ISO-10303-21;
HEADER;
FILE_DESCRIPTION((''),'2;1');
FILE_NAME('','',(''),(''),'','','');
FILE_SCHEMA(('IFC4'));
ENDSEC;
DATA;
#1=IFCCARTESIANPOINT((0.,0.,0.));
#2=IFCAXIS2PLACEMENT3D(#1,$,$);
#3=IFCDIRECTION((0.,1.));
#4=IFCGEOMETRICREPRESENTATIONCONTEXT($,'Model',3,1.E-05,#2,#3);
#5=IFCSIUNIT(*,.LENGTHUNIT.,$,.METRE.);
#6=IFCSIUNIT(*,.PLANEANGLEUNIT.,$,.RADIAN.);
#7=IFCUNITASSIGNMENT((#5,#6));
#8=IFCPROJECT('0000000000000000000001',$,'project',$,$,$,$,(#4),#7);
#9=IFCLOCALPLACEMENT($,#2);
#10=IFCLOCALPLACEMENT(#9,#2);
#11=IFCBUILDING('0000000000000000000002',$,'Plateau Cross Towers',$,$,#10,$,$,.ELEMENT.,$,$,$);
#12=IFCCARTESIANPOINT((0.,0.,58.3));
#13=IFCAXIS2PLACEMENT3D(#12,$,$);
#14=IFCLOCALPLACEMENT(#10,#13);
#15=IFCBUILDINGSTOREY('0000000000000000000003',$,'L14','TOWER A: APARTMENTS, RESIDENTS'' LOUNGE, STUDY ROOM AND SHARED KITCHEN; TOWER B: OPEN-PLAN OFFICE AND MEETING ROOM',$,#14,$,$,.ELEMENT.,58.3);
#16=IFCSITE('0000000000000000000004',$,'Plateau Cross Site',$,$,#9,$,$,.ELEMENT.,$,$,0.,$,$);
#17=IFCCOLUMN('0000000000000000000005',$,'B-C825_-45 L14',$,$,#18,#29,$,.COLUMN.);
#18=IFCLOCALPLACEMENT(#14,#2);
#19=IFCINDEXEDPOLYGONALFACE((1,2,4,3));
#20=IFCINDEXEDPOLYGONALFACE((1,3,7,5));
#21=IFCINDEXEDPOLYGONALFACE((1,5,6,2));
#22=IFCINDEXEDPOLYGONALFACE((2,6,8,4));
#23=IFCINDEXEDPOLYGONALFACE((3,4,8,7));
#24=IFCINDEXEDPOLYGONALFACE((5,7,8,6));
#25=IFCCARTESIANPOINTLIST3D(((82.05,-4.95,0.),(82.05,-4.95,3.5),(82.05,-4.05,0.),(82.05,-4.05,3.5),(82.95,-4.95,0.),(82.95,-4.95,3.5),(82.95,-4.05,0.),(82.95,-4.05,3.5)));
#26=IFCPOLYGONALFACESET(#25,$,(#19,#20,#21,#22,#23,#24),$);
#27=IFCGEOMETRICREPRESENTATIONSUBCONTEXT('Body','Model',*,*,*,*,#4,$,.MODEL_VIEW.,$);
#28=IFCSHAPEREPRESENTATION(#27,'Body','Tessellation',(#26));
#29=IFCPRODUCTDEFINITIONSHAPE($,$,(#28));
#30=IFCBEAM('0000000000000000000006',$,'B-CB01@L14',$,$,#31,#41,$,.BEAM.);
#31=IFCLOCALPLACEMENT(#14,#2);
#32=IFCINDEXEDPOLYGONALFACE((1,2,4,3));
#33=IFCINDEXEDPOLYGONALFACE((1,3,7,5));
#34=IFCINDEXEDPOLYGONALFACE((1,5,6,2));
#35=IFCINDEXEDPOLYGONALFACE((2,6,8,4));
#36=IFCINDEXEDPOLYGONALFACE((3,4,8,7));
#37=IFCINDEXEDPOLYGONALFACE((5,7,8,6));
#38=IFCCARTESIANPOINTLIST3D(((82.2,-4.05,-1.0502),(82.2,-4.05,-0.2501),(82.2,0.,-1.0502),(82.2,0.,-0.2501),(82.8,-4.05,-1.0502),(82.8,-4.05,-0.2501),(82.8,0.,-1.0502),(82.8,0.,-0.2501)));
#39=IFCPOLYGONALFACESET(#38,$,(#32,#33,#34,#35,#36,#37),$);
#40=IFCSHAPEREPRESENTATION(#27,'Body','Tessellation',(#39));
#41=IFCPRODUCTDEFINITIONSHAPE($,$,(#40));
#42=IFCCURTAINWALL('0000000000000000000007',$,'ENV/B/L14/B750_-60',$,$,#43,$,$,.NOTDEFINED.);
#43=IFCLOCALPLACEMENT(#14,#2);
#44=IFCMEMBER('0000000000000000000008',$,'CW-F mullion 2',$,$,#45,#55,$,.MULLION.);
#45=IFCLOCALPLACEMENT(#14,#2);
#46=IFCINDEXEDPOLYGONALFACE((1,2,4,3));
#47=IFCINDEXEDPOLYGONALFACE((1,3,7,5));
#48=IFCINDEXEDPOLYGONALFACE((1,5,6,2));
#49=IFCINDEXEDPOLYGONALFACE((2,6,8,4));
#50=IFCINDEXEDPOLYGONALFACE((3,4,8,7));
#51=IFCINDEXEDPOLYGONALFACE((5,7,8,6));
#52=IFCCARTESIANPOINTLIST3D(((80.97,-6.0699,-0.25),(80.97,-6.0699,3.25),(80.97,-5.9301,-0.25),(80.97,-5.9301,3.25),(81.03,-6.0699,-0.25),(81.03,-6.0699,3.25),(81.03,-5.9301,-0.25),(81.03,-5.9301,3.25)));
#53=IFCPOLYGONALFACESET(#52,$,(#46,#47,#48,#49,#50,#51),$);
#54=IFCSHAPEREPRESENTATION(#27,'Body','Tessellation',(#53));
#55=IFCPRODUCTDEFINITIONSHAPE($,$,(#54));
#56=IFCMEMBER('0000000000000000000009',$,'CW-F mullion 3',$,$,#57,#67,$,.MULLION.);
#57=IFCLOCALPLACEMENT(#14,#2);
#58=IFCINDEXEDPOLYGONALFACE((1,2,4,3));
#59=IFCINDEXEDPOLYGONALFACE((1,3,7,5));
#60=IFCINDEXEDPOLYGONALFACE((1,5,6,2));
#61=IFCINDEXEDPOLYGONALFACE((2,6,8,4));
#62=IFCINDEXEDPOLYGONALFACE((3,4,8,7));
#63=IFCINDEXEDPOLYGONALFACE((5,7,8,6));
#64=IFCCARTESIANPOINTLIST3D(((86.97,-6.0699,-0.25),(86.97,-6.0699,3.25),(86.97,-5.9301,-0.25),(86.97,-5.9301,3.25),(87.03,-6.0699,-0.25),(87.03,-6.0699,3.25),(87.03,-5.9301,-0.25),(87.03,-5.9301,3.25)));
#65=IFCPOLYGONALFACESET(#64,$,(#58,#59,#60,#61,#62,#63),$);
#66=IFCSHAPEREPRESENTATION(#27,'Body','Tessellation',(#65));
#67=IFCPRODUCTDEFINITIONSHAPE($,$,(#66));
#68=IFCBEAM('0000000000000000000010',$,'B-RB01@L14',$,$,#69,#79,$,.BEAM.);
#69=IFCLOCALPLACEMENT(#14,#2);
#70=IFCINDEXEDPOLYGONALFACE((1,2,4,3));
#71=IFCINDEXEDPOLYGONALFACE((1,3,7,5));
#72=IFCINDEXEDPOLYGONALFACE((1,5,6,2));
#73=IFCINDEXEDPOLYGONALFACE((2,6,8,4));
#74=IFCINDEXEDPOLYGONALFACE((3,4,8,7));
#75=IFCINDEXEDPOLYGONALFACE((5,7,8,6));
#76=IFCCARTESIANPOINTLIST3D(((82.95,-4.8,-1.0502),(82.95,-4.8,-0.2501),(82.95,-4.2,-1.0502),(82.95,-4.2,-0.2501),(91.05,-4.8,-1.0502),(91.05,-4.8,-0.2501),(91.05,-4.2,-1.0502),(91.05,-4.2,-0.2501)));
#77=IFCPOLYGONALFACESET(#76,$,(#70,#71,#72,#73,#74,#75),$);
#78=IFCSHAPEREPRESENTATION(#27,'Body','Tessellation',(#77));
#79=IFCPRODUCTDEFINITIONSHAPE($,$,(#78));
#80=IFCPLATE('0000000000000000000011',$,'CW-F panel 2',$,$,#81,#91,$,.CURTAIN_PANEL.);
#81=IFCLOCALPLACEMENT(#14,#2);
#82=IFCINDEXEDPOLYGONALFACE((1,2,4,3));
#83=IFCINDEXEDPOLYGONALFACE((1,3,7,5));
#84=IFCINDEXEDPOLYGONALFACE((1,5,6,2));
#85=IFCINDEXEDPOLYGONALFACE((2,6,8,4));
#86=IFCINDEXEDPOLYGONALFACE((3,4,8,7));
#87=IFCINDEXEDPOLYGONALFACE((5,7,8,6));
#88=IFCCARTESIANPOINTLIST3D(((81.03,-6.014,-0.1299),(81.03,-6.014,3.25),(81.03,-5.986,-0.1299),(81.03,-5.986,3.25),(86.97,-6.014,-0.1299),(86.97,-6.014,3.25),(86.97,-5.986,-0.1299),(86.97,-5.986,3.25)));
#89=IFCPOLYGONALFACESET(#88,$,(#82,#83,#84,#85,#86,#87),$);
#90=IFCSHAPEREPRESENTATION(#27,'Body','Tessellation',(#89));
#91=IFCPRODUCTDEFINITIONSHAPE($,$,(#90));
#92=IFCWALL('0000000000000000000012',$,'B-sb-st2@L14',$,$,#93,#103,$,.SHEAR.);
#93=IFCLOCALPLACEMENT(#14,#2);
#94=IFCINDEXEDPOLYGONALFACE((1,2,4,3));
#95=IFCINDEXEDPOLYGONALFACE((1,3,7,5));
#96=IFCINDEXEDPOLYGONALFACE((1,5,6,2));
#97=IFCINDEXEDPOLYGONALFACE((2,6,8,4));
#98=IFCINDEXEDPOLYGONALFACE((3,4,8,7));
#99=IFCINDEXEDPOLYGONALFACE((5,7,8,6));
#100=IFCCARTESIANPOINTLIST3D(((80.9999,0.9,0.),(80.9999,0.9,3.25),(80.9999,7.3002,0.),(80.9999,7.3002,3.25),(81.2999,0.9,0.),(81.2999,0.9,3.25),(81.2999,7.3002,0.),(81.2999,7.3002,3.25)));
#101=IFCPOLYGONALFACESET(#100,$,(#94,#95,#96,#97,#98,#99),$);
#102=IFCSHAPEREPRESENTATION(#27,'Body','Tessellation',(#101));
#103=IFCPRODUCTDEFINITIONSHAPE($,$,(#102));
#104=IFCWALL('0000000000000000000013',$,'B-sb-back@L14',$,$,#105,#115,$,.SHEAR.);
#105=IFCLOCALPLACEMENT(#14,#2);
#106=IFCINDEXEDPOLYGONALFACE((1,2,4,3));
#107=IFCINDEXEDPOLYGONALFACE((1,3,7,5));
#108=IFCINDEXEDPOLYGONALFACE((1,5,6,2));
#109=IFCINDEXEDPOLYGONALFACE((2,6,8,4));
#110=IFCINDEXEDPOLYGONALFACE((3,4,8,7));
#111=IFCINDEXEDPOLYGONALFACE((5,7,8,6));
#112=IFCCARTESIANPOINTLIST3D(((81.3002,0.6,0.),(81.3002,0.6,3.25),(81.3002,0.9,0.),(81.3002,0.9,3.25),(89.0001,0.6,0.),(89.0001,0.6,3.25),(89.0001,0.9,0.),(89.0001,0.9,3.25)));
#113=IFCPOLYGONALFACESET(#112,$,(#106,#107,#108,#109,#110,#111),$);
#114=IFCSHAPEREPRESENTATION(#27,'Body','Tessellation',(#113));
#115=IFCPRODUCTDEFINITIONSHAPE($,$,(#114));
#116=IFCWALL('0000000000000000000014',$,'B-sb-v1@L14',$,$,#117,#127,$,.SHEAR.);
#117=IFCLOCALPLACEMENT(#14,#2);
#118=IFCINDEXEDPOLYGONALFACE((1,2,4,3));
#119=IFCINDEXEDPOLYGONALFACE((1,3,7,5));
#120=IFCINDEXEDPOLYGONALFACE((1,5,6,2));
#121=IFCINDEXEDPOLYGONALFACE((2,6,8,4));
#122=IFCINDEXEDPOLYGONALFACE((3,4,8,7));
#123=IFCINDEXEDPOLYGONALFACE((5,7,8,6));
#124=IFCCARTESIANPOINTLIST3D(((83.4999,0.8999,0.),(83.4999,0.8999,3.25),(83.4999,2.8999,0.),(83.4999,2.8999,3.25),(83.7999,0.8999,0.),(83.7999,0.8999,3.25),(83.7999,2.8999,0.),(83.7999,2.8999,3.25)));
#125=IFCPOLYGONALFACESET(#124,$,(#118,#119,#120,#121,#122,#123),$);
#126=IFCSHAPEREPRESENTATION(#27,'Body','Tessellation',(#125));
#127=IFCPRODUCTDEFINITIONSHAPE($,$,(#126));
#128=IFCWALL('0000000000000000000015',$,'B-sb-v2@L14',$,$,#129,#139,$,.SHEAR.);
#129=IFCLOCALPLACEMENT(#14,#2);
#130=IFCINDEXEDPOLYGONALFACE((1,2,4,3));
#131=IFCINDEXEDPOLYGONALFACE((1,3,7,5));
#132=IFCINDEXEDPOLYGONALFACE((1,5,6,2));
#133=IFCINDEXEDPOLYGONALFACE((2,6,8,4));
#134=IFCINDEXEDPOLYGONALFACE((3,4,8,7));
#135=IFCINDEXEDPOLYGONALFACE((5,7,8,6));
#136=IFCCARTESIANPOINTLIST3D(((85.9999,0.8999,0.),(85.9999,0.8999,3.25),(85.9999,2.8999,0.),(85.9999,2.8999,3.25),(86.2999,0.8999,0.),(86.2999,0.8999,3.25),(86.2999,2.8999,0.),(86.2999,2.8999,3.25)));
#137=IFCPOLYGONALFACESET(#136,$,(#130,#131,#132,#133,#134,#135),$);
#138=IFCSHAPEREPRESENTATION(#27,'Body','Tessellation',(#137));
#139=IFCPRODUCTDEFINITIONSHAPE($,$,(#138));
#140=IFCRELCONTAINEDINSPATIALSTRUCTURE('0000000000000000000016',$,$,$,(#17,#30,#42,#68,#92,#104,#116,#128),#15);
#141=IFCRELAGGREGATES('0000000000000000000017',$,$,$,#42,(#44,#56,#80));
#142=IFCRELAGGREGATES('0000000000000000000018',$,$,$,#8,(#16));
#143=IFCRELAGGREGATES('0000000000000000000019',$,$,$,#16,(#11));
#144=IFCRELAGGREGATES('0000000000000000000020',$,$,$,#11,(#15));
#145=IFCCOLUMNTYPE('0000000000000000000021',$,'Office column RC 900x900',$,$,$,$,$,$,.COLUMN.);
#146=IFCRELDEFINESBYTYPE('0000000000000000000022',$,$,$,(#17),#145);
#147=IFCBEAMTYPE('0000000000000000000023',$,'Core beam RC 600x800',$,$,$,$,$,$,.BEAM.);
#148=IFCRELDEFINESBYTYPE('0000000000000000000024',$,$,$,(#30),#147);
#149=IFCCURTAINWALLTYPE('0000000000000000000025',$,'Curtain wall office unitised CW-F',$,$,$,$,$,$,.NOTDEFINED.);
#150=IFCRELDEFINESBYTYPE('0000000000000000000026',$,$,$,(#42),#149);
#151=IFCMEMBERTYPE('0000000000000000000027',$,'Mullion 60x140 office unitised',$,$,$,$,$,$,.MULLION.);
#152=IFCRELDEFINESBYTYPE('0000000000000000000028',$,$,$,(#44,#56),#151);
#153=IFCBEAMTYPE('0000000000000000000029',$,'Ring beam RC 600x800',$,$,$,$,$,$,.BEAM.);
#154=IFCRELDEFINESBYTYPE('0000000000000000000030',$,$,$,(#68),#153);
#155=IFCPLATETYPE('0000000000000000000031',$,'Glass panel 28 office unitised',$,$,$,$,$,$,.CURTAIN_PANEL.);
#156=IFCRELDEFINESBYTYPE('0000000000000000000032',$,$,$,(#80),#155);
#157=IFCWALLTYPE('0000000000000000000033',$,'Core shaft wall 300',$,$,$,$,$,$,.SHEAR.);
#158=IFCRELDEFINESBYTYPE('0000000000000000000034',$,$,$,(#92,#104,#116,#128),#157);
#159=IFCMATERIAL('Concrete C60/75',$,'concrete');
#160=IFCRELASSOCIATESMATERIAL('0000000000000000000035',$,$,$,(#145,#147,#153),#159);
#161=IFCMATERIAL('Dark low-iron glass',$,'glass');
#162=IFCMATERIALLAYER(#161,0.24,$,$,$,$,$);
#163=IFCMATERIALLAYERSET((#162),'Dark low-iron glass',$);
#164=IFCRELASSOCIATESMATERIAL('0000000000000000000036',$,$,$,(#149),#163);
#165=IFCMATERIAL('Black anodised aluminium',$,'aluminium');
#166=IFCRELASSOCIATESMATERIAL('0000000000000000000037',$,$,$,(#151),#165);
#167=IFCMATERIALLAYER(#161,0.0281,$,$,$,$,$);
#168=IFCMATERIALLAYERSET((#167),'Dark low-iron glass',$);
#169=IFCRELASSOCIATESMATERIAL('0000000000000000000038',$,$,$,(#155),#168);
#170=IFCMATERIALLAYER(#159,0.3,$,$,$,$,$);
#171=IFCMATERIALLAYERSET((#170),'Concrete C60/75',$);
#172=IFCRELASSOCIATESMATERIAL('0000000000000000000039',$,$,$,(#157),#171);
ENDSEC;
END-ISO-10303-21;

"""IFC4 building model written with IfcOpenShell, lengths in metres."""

from ifc_helpers import new_model, si_unit, direction, frame, frame_2d, origin, origin_2d, place, context, subcontext, project, spatial, rectangle, extrude, material, layer, layer_set, material_profile, profile_set, type_object, element, aggregate, save


model = new_model("IFC4")

# Units and contexts
model_context = context("Model", 3, precision=1e-05, world=origin(), true_north=direction((0.0, 1.0)))
body_context = subcontext(model_context, "Body", "Model", "MODEL_VIEW")
ifc_project = project(units=[si_unit("LENGTHUNIT", "METRE"), si_unit("PLANEANGLEUNIT", "RADIAN")], contexts=[model_context])

# Site, building, storey
site_placement = place(None, origin())
site = spatial("IfcSite", under=ifc_project, at=site_placement, Name="Plateau Cross Site", CompositionType="ELEMENT", RefElevation=0.0)
building_placement = place(site_placement, origin())
building = spatial("IfcBuilding", under=site, at=building_placement, Name="Plateau Cross Towers", CompositionType="ELEMENT")
storey_placement = place(building_placement, frame((0.0, 0.0, 58.3)))
storey = spatial("IfcBuildingStorey", under=building, at=storey_placement, Name="L14", Description="TOWER A: APARTMENTS, RESIDENTS' LOUNGE, STUDY ROOM AND SHARED KITCHEN; TOWER B: OPEN-PLAN OFFICE AND MEETING ROOM", CompositionType="ELEMENT", Elevation=58.3)

# Column
ifc_material_1 = material(Name="Concrete C60/75", Category="concrete")
ifc_material_profile_1 = material_profile(ifc_material_1, rectangle(XDim=0.8999, YDim=0.8999, at=origin_2d()), Name="RC 900x900")
ifc_profile_set_1 = profile_set([ifc_material_profile_1], Name="Concrete C60/75")
column_type = type_object("IfcColumnType", Name="Office column RC 900x900", PredefinedType="COLUMN", material=ifc_profile_set_1)
column_placement = place(storey_placement, frame((82.5, -4.5, 0.0), z_axis=(0.0, 0.0, 1.0), x_axis=(1.0, 0.0, 0.0)))
element("IfcColumn", 1, at=column_placement, inside=storey, type_object=column_type, Name="B-C825_-45 L14", PredefinedType="COLUMN", context=body_context, shape_type="SweptSolid", body=[
    extrude(rectangle(XDim=0.8999, YDim=0.8999, at=origin_2d()), origin(), (0.0, 0.0, 1.0), 3.5),
])

# Beam
ifc_material_profile_2 = material_profile(ifc_material_1, rectangle(XDim=0.6001, YDim=0.8, at=origin_2d()), Name="RC 600x800")
ifc_profile_set_2 = profile_set([ifc_material_profile_2], Name="Concrete C60/75")
beam_type_1 = type_object("IfcBeamType", Name="Core beam RC 600x800", PredefinedType="BEAM", material=ifc_profile_set_2)
beam_1_placement = place(storey_placement, frame((82.5, 0.0, -0.6501), z_axis=(0.0, -1.0, 0.0), x_axis=(1.0, 0.0, 0.0)))
element("IfcBeam", 2, at=beam_1_placement, inside=storey, type_object=beam_type_1, Name="B-CB01@L14", PredefinedType="BEAM", context=body_context, shape_type="SweptSolid", body=[
    extrude(rectangle(XDim=0.6001, YDim=0.8, at=origin_2d()), origin(), (0.0, 0.0, 1.0), 4.05),
])

# Curtain wall, members
ifc_material_2 = material(Name="Dark low-iron glass", Category="glass")
ifc_layer_1 = layer(ifc_material_2, 0.24)
ifc_layer_set_1 = layer_set([ifc_layer_1], Name="Dark low-iron glass")
curtain_wall_type = type_object("IfcCurtainWallType", Name="Curtain wall office unitised CW-F", PredefinedType="NOTDEFINED", material=ifc_layer_set_1)
curtain_wall_placement = place(storey_placement, origin())
curtain_wall = element("IfcCurtainWall", 3, at=curtain_wall_placement, inside=storey, type_object=curtain_wall_type, Name="ENV/B/L14/B750_-60", PredefinedType="NOTDEFINED")
ifc_material_3 = material(Name="Black anodised aluminium", Category="aluminium")
ifc_material_profile_3 = material_profile(ifc_material_3, rectangle(XDim=0.0601, YDim=0.1399, at=origin_2d()), Name="MULLION 60x140")
ifc_profile_set_3 = profile_set([ifc_material_profile_3], Name="Black anodised aluminium")
member_type = type_object("IfcMemberType", Name="Mullion 60x140 office unitised", PredefinedType="MULLION", material=ifc_profile_set_3)
member_1_placement = place(storey_placement, frame((81.0, -6.0, -0.25), z_axis=(0.0, 0.0, 1.0), x_axis=(1.0, 0.0, 0.0)))
member_1 = element("IfcMember", 4, at=member_1_placement, type_object=member_type, Name="CW-F mullion 2", PredefinedType="MULLION", context=body_context, shape_type="SweptSolid", body=[
    extrude(rectangle(XDim=0.0601, YDim=0.1399, at=origin_2d()), origin(), (0.0, 0.0, 1.0), 3.5),
])
member_2_placement = place(storey_placement, frame((87.0, -6.0, -0.25), z_axis=(0.0, 0.0, 1.0), x_axis=(1.0, 0.0, 0.0)))
member_2 = element("IfcMember", 5, at=member_2_placement, type_object=member_type, Name="CW-F mullion 3", PredefinedType="MULLION", context=body_context, shape_type="SweptSolid", body=[
    extrude(rectangle(XDim=0.0601, YDim=0.1399, at=origin_2d()), origin(), (0.0, 0.0, 1.0), 3.5),
])

# Beam
ifc_material_profile_4 = material_profile(ifc_material_1, rectangle(XDim=0.6001, YDim=0.8, at=origin_2d()), Name="RC 600x800")
ifc_profile_set_4 = profile_set([ifc_material_profile_4], Name="Concrete C60/75")
beam_type_2 = type_object("IfcBeamType", Name="Ring beam RC 600x800", PredefinedType="BEAM", material=ifc_profile_set_4)
beam_2_placement = place(storey_placement, frame((82.95, -4.5, -0.6501), z_axis=(1.0, 0.0, 0.0), x_axis=(0.0, 1.0, 0.0)))
element("IfcBeam", 6, at=beam_2_placement, inside=storey, type_object=beam_type_2, Name="B-RB01@L14", PredefinedType="BEAM", context=body_context, shape_type="SweptSolid", body=[
    extrude(rectangle(XDim=0.6001, YDim=0.8, at=origin_2d()), origin(), (0.0, 0.0, 1.0), 8.1001),
])

# Plate
ifc_layer_2 = layer(ifc_material_2, 0.0281)
ifc_layer_set_2 = layer_set([ifc_layer_2], Name="Dark low-iron glass")
plate_type = type_object("IfcPlateType", Name="Glass panel 28 office unitised", PredefinedType="CURTAIN_PANEL", material=ifc_layer_set_2)
plate_placement = place(storey_placement, frame((84.0, -6.0, -0.1299), z_axis=(0.0, 0.0, 1.0), x_axis=(1.0, 0.0, 0.0)))
plate = element("IfcPlate", 7, at=plate_placement, type_object=plate_type, Name="CW-F panel 2", PredefinedType="CURTAIN_PANEL", context=body_context, shape_type="SweptSolid", body=[
    extrude(rectangle(XDim=5.9399, YDim=0.0281, at=origin_2d()), origin(), (0.0, 0.0, 1.0), 3.3799),
])
aggregate(curtain_wall, [member_1, member_2, plate])

# Walls
ifc_layer_3 = layer(ifc_material_1, 0.3)
ifc_layer_set_3 = layer_set([ifc_layer_3], Name="Concrete C60/75")
wall_type_1 = type_object("IfcWallType", Name="Core shaft wall 300", PredefinedType="SHEAR", material=ifc_layer_set_3)
wall_1_placement = place(storey_placement, frame((81.1499, 0.8999, 0.0), z_axis=(0.0, 0.0, 1.0), x_axis=(0.0, 1.0, 0.0)))
element("IfcWall", 8, at=wall_1_placement, inside=storey, type_object=wall_type_1, Name="B-sb-st2@L14", PredefinedType="SHEAR", context=body_context, shape_type="SweptSolid", body=[
    extrude(rectangle(XDim=6.4001, YDim=0.3, at=frame_2d((3.2002, 0.0))), origin(), (0.0, 0.0, 1.0), 3.25),
])
wall_2_placement = place(storey_placement, frame((81.3, 0.75, 0.0), z_axis=(0.0, 0.0, 1.0), x_axis=(1.0, 0.0, 0.0)))
element("IfcWall", 9, at=wall_2_placement, inside=storey, type_object=wall_type_1, Name="B-sb-back@L14", PredefinedType="SHEAR", context=body_context, shape_type="SweptSolid", body=[
    extrude(rectangle(XDim=7.7, YDim=0.3, at=frame_2d((3.8501, 0.0))), origin(), (0.0, 0.0, 1.0), 3.25),
])
for number, where, z_axis, x_axis, name in (
    (10, (83.6499, 0.8999, 0.0), (0.0, 0.0, 1.0), (0.0, 1.0, 0.0), "B-sb-v1@L14"),
    (11, (86.1499, 0.8999, 0.0), (0.0, 0.0, 1.0), (0.0, 1.0, 0.0), "B-sb-v2@L14"),
):
    element("IfcWall", number, at=place(storey_placement, frame(where, z_axis=z_axis, x_axis=x_axis)), inside=storey, type_object=wall_type_1, Name=name, PredefinedType="SHEAR", context=body_context, shape_type="SweptSolid", body=[
        extrude(rectangle(XDim=2.0, YDim=0.3, at=frame_2d((1.0, 0.0))), origin(), (0.0, 0.0, 1.0), 3.25),
    ])

save(model, "model.ifc")
